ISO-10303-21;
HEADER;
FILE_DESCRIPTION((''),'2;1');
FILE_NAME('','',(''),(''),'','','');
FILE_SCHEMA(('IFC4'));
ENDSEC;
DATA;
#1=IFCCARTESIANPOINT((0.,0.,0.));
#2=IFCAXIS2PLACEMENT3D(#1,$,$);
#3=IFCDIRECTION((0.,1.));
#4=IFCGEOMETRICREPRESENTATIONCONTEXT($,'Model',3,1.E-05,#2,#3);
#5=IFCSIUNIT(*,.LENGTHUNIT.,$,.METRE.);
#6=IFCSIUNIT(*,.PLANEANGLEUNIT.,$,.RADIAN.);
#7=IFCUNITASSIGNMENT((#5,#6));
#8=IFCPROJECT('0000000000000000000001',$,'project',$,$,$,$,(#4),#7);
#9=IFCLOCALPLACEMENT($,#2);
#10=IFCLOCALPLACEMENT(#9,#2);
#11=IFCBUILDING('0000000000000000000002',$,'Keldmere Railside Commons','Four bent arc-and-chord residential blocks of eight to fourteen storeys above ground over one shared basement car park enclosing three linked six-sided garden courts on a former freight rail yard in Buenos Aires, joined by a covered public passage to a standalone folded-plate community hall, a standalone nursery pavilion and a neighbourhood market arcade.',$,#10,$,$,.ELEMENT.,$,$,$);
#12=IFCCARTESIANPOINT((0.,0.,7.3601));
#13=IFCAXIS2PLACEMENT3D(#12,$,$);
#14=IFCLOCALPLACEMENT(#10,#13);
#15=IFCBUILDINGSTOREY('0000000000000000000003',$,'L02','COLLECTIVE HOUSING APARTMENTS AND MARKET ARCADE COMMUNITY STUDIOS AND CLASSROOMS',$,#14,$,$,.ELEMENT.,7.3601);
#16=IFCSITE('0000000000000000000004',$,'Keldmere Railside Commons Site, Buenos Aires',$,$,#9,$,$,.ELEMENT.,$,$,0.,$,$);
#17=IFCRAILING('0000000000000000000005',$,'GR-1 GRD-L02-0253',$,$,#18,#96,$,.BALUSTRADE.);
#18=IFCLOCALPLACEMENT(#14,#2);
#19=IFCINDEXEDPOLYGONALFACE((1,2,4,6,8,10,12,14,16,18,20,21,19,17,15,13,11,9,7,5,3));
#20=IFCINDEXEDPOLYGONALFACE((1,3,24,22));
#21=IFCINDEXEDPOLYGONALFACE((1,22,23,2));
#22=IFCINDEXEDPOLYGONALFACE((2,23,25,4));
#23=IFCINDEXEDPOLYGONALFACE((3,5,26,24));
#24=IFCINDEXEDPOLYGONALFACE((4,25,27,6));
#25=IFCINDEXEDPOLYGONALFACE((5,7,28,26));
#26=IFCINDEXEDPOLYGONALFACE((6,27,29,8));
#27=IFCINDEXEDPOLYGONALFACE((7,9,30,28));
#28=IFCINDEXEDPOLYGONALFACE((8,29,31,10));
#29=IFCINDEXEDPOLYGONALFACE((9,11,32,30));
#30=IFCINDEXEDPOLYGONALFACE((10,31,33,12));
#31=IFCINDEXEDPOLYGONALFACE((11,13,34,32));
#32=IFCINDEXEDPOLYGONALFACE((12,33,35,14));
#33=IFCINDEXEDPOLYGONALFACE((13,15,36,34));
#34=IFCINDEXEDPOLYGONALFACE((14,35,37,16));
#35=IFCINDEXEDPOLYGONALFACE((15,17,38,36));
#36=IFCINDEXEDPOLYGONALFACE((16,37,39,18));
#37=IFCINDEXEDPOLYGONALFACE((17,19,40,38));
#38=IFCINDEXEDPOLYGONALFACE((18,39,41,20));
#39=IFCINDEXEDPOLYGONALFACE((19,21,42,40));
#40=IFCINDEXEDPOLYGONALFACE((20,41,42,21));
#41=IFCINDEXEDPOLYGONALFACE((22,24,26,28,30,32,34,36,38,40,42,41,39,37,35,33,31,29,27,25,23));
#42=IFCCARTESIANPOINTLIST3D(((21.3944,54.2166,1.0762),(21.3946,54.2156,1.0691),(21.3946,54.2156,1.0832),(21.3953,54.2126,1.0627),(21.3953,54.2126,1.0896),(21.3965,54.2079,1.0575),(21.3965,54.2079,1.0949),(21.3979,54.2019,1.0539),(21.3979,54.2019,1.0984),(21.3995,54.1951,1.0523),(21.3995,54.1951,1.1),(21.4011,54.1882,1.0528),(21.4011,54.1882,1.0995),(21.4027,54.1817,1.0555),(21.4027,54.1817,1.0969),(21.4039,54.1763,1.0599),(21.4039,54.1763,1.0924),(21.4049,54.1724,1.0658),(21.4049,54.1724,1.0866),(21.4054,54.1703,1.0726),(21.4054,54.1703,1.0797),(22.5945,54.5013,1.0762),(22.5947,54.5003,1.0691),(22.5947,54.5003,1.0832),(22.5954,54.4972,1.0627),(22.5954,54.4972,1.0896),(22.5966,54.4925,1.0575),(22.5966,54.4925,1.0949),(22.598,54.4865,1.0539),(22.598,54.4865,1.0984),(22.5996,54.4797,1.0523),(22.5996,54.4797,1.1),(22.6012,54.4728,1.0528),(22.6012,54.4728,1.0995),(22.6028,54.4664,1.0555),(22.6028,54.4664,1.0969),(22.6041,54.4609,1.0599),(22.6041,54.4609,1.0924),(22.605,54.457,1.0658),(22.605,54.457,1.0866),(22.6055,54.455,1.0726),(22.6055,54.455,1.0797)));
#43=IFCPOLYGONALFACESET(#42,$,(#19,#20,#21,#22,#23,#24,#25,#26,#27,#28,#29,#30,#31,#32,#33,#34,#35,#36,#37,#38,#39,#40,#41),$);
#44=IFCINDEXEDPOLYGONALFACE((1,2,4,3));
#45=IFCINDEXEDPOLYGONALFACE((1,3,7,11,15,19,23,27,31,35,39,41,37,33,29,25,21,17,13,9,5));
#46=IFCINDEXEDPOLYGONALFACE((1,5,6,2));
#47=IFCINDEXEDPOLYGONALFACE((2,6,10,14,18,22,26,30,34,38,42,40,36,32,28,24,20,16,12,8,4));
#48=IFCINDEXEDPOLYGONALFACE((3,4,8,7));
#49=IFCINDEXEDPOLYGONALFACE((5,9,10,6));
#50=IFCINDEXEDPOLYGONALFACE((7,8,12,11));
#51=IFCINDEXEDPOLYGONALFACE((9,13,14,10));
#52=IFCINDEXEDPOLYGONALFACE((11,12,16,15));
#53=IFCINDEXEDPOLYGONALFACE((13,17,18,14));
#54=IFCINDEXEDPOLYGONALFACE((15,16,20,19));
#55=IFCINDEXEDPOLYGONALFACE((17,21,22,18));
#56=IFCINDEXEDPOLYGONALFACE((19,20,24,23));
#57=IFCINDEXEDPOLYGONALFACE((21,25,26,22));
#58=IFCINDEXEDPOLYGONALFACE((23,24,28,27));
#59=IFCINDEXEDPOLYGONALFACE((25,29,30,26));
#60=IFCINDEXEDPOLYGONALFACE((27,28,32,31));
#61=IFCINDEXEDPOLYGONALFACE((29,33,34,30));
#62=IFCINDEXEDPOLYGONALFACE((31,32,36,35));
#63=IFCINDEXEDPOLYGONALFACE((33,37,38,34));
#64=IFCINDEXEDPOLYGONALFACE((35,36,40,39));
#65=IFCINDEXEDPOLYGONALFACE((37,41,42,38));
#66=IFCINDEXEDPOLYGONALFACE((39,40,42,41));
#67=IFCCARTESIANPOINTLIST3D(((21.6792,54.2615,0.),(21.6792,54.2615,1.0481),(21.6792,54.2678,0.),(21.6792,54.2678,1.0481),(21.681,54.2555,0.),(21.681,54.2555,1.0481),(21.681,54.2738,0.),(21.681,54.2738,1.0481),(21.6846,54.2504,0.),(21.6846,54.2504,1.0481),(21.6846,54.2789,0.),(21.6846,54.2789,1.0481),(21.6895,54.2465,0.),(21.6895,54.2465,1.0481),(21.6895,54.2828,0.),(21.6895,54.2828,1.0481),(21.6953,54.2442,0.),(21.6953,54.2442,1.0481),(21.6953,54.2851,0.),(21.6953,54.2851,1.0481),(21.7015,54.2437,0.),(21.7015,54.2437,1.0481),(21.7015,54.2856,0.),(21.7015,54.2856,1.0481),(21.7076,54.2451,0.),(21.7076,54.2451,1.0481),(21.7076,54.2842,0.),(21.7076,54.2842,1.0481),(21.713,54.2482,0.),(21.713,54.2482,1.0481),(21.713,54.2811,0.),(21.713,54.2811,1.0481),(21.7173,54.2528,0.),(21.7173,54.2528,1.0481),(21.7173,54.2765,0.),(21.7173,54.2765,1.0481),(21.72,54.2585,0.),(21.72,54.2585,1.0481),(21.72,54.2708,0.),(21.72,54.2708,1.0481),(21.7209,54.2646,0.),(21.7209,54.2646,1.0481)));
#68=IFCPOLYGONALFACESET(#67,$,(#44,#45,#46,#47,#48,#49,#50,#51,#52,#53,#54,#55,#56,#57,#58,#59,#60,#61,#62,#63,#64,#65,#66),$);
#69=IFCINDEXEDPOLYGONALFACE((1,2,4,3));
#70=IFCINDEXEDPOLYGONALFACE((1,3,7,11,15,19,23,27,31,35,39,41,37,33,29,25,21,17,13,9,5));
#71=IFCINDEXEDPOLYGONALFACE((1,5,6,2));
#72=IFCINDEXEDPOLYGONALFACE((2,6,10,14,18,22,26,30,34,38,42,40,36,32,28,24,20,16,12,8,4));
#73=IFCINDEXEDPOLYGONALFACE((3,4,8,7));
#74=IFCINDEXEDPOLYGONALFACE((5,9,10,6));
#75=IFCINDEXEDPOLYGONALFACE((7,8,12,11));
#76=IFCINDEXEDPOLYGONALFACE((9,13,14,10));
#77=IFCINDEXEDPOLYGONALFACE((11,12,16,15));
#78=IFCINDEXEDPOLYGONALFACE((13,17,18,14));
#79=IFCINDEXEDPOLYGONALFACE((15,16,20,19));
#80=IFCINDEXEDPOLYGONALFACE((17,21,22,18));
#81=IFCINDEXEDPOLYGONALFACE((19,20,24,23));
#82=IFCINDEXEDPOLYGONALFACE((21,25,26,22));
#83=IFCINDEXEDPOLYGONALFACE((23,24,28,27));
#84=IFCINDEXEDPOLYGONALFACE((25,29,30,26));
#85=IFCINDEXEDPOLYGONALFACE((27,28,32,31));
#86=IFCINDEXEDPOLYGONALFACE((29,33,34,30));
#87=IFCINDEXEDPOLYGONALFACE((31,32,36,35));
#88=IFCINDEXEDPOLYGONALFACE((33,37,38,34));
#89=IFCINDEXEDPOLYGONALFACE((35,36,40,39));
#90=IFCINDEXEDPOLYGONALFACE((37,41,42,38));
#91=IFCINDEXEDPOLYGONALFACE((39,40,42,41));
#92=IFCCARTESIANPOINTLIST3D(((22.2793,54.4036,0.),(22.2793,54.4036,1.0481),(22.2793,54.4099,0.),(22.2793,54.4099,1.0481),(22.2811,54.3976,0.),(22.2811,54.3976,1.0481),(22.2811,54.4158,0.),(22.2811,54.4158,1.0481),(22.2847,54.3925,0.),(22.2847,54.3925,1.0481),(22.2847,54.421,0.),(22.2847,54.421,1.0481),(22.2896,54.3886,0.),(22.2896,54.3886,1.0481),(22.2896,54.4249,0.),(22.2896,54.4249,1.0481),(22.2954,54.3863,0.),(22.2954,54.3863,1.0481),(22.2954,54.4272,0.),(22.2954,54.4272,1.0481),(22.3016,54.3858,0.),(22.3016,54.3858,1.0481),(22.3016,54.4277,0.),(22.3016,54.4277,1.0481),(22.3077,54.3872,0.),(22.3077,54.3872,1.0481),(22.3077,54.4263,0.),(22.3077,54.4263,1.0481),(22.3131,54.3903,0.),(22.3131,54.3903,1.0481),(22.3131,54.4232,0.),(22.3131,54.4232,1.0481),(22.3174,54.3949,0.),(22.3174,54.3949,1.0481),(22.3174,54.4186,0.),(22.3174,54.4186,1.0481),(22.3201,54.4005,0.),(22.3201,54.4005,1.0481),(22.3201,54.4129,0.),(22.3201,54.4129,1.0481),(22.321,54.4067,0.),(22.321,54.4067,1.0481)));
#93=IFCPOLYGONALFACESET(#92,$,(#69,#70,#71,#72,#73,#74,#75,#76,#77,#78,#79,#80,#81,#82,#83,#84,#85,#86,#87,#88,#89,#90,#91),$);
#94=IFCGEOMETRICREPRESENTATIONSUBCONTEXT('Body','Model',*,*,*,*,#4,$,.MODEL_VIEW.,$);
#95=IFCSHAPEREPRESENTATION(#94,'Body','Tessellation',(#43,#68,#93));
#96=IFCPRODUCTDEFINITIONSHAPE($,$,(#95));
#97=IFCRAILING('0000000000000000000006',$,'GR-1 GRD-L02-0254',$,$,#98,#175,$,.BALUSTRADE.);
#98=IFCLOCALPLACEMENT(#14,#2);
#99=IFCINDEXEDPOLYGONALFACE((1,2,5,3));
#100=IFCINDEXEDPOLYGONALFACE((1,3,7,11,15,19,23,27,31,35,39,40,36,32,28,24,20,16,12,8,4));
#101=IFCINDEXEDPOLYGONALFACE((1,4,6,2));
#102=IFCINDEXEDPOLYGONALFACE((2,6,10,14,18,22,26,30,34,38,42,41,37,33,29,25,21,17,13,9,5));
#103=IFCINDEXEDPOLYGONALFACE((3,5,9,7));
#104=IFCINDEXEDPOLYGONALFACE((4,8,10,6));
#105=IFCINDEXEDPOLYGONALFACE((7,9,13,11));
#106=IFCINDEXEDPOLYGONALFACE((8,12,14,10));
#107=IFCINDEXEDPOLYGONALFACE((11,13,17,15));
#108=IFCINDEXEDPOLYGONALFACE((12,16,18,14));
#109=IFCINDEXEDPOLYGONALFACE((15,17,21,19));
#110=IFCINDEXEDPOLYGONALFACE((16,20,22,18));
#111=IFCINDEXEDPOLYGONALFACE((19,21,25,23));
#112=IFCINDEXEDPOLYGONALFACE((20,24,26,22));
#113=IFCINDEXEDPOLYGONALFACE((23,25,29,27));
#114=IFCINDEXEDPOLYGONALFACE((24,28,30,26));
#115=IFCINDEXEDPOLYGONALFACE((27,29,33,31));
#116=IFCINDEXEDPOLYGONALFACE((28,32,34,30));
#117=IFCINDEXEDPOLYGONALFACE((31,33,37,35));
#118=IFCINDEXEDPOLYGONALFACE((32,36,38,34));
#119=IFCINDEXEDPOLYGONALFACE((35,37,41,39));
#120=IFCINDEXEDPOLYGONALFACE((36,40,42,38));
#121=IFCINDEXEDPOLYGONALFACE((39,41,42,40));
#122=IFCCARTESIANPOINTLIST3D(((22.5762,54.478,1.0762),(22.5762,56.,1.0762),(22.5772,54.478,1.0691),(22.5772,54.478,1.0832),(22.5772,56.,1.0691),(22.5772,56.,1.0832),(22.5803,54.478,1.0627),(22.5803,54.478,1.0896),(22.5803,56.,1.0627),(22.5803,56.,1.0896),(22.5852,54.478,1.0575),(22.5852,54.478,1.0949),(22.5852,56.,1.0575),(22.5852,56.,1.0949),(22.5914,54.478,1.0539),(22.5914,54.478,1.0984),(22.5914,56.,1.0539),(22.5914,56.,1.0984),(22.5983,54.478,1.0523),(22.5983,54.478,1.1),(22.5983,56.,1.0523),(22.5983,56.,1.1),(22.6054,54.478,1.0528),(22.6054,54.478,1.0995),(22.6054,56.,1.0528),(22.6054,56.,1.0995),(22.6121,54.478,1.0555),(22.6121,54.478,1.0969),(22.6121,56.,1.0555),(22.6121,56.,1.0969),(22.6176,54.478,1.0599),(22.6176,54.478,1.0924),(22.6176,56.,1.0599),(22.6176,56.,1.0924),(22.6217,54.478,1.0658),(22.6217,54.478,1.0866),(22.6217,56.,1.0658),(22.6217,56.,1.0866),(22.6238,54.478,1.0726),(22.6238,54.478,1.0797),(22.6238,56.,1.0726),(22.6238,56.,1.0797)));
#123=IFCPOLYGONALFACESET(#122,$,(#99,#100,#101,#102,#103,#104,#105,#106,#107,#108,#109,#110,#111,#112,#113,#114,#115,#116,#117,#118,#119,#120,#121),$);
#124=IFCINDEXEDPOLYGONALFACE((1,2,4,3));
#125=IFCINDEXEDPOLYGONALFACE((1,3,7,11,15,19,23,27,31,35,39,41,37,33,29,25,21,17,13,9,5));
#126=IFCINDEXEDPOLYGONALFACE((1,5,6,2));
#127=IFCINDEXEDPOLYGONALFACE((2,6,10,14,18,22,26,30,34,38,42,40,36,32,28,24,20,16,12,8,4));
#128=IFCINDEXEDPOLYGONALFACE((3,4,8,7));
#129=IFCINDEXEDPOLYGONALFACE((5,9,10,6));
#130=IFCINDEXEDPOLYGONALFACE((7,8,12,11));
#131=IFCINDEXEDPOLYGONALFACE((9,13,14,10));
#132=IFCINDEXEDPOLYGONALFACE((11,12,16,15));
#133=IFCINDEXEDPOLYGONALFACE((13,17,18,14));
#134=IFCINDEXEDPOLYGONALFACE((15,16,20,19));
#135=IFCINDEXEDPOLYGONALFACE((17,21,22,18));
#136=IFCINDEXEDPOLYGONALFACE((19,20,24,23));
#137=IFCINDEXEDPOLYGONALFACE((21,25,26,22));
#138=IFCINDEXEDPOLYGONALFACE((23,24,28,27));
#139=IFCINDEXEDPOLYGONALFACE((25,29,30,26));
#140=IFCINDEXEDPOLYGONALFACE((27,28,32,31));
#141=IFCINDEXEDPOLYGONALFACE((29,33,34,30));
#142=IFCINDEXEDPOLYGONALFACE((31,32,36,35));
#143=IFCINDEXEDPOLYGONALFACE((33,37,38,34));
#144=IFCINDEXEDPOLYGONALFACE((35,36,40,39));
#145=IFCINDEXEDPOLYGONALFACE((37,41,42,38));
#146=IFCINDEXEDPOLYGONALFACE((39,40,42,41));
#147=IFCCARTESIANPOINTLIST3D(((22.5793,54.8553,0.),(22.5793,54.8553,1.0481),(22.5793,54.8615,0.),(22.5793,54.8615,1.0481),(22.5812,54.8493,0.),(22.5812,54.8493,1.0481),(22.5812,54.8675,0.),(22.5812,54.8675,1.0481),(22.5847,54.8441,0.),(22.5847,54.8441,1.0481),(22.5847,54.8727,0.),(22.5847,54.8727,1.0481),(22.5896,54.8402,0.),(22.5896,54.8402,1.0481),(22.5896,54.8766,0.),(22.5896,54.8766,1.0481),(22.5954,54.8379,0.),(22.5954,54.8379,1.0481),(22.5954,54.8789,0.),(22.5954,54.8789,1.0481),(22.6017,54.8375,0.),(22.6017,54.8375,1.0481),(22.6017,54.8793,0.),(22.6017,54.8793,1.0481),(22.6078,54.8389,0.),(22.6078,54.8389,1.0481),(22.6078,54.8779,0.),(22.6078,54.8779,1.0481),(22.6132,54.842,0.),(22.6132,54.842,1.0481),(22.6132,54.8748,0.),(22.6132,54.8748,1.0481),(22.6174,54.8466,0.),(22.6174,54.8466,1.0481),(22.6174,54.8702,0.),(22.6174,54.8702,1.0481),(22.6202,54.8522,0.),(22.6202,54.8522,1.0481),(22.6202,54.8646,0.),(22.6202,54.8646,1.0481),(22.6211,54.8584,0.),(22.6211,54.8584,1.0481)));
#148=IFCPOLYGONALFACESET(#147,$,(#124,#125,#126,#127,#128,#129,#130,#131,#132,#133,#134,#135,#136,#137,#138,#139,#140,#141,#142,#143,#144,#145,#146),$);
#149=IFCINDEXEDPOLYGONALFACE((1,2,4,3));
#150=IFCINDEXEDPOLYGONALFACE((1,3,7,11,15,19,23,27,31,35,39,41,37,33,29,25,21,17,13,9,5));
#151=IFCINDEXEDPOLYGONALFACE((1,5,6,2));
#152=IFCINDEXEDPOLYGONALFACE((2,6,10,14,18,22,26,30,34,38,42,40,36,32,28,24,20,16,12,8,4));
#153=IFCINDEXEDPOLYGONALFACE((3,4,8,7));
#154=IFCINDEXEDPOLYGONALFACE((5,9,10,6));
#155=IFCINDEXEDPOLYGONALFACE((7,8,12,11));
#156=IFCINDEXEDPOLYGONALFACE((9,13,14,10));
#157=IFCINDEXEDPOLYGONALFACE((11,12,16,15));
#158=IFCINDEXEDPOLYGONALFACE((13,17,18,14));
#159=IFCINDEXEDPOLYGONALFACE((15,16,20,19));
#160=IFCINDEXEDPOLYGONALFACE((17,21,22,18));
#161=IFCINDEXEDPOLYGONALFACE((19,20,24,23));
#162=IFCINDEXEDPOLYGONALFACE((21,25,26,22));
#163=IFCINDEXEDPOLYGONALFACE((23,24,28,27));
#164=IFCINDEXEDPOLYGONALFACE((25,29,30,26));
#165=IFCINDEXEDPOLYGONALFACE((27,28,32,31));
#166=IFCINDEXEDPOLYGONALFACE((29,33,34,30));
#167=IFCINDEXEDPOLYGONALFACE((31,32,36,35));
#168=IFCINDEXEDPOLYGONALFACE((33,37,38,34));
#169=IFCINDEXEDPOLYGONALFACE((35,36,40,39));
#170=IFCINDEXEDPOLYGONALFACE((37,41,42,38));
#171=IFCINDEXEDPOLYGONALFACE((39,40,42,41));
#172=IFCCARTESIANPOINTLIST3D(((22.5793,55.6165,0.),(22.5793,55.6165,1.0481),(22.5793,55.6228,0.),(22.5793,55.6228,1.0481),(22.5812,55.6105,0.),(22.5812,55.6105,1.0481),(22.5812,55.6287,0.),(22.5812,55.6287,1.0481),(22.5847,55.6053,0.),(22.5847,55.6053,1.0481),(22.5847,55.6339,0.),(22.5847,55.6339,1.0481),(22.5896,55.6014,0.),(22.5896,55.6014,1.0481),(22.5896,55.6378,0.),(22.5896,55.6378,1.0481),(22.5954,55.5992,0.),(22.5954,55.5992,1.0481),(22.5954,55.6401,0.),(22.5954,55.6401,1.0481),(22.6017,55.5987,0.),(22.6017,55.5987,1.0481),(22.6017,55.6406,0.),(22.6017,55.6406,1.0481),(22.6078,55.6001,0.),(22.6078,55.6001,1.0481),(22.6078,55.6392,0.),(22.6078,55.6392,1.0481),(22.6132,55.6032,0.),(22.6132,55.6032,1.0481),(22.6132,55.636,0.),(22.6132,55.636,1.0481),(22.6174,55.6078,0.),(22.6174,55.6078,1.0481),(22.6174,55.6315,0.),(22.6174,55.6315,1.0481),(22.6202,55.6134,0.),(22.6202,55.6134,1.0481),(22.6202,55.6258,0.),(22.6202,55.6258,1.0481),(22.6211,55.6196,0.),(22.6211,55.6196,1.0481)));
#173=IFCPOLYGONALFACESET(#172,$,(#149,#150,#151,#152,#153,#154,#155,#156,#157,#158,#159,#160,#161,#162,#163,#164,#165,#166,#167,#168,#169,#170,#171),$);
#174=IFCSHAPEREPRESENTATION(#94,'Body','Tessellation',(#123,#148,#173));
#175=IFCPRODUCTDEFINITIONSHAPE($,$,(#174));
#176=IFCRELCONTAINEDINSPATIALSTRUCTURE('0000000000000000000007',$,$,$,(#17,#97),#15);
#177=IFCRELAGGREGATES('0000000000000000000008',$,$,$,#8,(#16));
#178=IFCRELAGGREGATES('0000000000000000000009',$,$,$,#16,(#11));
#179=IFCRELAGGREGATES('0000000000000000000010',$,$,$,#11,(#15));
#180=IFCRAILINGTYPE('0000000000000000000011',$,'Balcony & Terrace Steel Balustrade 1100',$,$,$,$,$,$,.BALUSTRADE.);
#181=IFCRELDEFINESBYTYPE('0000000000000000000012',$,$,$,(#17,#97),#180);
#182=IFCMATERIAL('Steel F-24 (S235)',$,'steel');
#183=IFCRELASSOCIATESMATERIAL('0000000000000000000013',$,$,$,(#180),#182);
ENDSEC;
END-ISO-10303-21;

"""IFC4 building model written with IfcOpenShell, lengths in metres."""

from ifc_helpers import new_model, si_unit, direction, frame, origin, origin_2d, place, context, subcontext, project, spatial, circle, extrude, material, type_object, element, save


model = new_model("IFC4")

# Units and contexts
model_context = context("Model", 3, precision=1e-05, world=origin(), true_north=direction((0.0, 1.0)))
body_context = subcontext(model_context, "Body", "Model", "MODEL_VIEW")
ifc_project = project(units=[si_unit("LENGTHUNIT", "METRE"), si_unit("PLANEANGLEUNIT", "RADIAN")], contexts=[model_context])

# Site, building, storey
site_placement = place(None, origin())
site = spatial("IfcSite", under=ifc_project, at=site_placement, Name="Keldmere Railside Commons Site, Buenos Aires", CompositionType="ELEMENT", RefElevation=0.0)
building_placement = place(site_placement, origin())
building = spatial("IfcBuilding", under=site, at=building_placement, Name="Keldmere Railside Commons", Description="Four bent arc-and-chord residential blocks of eight to fourteen storeys above ground over one shared basement car park enclosing three linked six-sided garden courts on a former freight rail yard in Buenos Aires, joined by a covered public passage to a standalone folded-plate community hall, a standalone nursery pavilion and a neighbourhood market arcade.", CompositionType="ELEMENT")
storey_placement = place(building_placement, frame((0.0, 0.0, 7.3601)))
storey = spatial("IfcBuildingStorey", under=building, at=storey_placement, Name="L02", Description="COLLECTIVE HOUSING APARTMENTS AND MARKET ARCADE COMMUNITY STUDIOS AND CLASSROOMS", CompositionType="ELEMENT", Elevation=7.3601)

# Railings
ifc_material_1 = material(Name="Steel F-24 (S235)", Category="steel")
railing_type = type_object("IfcRailingType", Name="Balcony & Terrace Steel Balustrade 1100", PredefinedType="BALUSTRADE", material=ifc_material_1)
railing_1_placement = place(storey_placement, frame((21.3999, 54.1934, 0.0)))
element("IfcRailing", 1, at=railing_1_placement, inside=storey, type_object=railing_type, Name="GR-1 GRD-L02-0253", PredefinedType="BALUSTRADE", context=body_context, shape_type="SweptSolid", body=[
    extrude(circle(Radius=0.0239, at=origin_2d()), frame((0.0, 0.0, 1.0762), z_axis=(0.973005, 0.230782, 0.0), x_axis=(-0.230782, 0.973005, 0.0)), (0.0, 0.0, 1.0), 1.2334),
    extrude(circle(Radius=0.021, at=origin_2d()), frame((0.3, 0.0713, 0.0)), (0.0, 0.0, 1.0), 1.0481),
    extrude(circle(Radius=0.021, at=origin_2d()), frame((0.9001, 0.2134, 0.0)), (0.0, 0.0, 1.0), 1.0481),
])
railing_2_placement = place(storey_placement, frame((22.6001, 54.478, 0.0)))
element("IfcRailing", 2, at=railing_2_placement, inside=storey, type_object=railing_type, Name="GR-1 GRD-L02-0254", PredefinedType="BALUSTRADE", context=body_context, shape_type="SweptSolid", body=[
    extrude(circle(Radius=0.0239, at=origin_2d()), frame((0.0, 0.0, 1.0762), z_axis=(0.0, 1.0, 0.0), x_axis=(-1.0, 0.0, 0.0)), (0.0, 0.0, 1.0), 1.522),
    extrude(circle(Radius=0.021, at=origin_2d()), frame((0.0, 0.3804, 0.0)), (0.0, 0.0, 1.0), 1.0481),
    extrude(circle(Radius=0.021, at=origin_2d()), frame((0.0, 1.1416, 0.0)), (0.0, 0.0, 1.0), 1.0481),
])

save(model, "model.ifc")
